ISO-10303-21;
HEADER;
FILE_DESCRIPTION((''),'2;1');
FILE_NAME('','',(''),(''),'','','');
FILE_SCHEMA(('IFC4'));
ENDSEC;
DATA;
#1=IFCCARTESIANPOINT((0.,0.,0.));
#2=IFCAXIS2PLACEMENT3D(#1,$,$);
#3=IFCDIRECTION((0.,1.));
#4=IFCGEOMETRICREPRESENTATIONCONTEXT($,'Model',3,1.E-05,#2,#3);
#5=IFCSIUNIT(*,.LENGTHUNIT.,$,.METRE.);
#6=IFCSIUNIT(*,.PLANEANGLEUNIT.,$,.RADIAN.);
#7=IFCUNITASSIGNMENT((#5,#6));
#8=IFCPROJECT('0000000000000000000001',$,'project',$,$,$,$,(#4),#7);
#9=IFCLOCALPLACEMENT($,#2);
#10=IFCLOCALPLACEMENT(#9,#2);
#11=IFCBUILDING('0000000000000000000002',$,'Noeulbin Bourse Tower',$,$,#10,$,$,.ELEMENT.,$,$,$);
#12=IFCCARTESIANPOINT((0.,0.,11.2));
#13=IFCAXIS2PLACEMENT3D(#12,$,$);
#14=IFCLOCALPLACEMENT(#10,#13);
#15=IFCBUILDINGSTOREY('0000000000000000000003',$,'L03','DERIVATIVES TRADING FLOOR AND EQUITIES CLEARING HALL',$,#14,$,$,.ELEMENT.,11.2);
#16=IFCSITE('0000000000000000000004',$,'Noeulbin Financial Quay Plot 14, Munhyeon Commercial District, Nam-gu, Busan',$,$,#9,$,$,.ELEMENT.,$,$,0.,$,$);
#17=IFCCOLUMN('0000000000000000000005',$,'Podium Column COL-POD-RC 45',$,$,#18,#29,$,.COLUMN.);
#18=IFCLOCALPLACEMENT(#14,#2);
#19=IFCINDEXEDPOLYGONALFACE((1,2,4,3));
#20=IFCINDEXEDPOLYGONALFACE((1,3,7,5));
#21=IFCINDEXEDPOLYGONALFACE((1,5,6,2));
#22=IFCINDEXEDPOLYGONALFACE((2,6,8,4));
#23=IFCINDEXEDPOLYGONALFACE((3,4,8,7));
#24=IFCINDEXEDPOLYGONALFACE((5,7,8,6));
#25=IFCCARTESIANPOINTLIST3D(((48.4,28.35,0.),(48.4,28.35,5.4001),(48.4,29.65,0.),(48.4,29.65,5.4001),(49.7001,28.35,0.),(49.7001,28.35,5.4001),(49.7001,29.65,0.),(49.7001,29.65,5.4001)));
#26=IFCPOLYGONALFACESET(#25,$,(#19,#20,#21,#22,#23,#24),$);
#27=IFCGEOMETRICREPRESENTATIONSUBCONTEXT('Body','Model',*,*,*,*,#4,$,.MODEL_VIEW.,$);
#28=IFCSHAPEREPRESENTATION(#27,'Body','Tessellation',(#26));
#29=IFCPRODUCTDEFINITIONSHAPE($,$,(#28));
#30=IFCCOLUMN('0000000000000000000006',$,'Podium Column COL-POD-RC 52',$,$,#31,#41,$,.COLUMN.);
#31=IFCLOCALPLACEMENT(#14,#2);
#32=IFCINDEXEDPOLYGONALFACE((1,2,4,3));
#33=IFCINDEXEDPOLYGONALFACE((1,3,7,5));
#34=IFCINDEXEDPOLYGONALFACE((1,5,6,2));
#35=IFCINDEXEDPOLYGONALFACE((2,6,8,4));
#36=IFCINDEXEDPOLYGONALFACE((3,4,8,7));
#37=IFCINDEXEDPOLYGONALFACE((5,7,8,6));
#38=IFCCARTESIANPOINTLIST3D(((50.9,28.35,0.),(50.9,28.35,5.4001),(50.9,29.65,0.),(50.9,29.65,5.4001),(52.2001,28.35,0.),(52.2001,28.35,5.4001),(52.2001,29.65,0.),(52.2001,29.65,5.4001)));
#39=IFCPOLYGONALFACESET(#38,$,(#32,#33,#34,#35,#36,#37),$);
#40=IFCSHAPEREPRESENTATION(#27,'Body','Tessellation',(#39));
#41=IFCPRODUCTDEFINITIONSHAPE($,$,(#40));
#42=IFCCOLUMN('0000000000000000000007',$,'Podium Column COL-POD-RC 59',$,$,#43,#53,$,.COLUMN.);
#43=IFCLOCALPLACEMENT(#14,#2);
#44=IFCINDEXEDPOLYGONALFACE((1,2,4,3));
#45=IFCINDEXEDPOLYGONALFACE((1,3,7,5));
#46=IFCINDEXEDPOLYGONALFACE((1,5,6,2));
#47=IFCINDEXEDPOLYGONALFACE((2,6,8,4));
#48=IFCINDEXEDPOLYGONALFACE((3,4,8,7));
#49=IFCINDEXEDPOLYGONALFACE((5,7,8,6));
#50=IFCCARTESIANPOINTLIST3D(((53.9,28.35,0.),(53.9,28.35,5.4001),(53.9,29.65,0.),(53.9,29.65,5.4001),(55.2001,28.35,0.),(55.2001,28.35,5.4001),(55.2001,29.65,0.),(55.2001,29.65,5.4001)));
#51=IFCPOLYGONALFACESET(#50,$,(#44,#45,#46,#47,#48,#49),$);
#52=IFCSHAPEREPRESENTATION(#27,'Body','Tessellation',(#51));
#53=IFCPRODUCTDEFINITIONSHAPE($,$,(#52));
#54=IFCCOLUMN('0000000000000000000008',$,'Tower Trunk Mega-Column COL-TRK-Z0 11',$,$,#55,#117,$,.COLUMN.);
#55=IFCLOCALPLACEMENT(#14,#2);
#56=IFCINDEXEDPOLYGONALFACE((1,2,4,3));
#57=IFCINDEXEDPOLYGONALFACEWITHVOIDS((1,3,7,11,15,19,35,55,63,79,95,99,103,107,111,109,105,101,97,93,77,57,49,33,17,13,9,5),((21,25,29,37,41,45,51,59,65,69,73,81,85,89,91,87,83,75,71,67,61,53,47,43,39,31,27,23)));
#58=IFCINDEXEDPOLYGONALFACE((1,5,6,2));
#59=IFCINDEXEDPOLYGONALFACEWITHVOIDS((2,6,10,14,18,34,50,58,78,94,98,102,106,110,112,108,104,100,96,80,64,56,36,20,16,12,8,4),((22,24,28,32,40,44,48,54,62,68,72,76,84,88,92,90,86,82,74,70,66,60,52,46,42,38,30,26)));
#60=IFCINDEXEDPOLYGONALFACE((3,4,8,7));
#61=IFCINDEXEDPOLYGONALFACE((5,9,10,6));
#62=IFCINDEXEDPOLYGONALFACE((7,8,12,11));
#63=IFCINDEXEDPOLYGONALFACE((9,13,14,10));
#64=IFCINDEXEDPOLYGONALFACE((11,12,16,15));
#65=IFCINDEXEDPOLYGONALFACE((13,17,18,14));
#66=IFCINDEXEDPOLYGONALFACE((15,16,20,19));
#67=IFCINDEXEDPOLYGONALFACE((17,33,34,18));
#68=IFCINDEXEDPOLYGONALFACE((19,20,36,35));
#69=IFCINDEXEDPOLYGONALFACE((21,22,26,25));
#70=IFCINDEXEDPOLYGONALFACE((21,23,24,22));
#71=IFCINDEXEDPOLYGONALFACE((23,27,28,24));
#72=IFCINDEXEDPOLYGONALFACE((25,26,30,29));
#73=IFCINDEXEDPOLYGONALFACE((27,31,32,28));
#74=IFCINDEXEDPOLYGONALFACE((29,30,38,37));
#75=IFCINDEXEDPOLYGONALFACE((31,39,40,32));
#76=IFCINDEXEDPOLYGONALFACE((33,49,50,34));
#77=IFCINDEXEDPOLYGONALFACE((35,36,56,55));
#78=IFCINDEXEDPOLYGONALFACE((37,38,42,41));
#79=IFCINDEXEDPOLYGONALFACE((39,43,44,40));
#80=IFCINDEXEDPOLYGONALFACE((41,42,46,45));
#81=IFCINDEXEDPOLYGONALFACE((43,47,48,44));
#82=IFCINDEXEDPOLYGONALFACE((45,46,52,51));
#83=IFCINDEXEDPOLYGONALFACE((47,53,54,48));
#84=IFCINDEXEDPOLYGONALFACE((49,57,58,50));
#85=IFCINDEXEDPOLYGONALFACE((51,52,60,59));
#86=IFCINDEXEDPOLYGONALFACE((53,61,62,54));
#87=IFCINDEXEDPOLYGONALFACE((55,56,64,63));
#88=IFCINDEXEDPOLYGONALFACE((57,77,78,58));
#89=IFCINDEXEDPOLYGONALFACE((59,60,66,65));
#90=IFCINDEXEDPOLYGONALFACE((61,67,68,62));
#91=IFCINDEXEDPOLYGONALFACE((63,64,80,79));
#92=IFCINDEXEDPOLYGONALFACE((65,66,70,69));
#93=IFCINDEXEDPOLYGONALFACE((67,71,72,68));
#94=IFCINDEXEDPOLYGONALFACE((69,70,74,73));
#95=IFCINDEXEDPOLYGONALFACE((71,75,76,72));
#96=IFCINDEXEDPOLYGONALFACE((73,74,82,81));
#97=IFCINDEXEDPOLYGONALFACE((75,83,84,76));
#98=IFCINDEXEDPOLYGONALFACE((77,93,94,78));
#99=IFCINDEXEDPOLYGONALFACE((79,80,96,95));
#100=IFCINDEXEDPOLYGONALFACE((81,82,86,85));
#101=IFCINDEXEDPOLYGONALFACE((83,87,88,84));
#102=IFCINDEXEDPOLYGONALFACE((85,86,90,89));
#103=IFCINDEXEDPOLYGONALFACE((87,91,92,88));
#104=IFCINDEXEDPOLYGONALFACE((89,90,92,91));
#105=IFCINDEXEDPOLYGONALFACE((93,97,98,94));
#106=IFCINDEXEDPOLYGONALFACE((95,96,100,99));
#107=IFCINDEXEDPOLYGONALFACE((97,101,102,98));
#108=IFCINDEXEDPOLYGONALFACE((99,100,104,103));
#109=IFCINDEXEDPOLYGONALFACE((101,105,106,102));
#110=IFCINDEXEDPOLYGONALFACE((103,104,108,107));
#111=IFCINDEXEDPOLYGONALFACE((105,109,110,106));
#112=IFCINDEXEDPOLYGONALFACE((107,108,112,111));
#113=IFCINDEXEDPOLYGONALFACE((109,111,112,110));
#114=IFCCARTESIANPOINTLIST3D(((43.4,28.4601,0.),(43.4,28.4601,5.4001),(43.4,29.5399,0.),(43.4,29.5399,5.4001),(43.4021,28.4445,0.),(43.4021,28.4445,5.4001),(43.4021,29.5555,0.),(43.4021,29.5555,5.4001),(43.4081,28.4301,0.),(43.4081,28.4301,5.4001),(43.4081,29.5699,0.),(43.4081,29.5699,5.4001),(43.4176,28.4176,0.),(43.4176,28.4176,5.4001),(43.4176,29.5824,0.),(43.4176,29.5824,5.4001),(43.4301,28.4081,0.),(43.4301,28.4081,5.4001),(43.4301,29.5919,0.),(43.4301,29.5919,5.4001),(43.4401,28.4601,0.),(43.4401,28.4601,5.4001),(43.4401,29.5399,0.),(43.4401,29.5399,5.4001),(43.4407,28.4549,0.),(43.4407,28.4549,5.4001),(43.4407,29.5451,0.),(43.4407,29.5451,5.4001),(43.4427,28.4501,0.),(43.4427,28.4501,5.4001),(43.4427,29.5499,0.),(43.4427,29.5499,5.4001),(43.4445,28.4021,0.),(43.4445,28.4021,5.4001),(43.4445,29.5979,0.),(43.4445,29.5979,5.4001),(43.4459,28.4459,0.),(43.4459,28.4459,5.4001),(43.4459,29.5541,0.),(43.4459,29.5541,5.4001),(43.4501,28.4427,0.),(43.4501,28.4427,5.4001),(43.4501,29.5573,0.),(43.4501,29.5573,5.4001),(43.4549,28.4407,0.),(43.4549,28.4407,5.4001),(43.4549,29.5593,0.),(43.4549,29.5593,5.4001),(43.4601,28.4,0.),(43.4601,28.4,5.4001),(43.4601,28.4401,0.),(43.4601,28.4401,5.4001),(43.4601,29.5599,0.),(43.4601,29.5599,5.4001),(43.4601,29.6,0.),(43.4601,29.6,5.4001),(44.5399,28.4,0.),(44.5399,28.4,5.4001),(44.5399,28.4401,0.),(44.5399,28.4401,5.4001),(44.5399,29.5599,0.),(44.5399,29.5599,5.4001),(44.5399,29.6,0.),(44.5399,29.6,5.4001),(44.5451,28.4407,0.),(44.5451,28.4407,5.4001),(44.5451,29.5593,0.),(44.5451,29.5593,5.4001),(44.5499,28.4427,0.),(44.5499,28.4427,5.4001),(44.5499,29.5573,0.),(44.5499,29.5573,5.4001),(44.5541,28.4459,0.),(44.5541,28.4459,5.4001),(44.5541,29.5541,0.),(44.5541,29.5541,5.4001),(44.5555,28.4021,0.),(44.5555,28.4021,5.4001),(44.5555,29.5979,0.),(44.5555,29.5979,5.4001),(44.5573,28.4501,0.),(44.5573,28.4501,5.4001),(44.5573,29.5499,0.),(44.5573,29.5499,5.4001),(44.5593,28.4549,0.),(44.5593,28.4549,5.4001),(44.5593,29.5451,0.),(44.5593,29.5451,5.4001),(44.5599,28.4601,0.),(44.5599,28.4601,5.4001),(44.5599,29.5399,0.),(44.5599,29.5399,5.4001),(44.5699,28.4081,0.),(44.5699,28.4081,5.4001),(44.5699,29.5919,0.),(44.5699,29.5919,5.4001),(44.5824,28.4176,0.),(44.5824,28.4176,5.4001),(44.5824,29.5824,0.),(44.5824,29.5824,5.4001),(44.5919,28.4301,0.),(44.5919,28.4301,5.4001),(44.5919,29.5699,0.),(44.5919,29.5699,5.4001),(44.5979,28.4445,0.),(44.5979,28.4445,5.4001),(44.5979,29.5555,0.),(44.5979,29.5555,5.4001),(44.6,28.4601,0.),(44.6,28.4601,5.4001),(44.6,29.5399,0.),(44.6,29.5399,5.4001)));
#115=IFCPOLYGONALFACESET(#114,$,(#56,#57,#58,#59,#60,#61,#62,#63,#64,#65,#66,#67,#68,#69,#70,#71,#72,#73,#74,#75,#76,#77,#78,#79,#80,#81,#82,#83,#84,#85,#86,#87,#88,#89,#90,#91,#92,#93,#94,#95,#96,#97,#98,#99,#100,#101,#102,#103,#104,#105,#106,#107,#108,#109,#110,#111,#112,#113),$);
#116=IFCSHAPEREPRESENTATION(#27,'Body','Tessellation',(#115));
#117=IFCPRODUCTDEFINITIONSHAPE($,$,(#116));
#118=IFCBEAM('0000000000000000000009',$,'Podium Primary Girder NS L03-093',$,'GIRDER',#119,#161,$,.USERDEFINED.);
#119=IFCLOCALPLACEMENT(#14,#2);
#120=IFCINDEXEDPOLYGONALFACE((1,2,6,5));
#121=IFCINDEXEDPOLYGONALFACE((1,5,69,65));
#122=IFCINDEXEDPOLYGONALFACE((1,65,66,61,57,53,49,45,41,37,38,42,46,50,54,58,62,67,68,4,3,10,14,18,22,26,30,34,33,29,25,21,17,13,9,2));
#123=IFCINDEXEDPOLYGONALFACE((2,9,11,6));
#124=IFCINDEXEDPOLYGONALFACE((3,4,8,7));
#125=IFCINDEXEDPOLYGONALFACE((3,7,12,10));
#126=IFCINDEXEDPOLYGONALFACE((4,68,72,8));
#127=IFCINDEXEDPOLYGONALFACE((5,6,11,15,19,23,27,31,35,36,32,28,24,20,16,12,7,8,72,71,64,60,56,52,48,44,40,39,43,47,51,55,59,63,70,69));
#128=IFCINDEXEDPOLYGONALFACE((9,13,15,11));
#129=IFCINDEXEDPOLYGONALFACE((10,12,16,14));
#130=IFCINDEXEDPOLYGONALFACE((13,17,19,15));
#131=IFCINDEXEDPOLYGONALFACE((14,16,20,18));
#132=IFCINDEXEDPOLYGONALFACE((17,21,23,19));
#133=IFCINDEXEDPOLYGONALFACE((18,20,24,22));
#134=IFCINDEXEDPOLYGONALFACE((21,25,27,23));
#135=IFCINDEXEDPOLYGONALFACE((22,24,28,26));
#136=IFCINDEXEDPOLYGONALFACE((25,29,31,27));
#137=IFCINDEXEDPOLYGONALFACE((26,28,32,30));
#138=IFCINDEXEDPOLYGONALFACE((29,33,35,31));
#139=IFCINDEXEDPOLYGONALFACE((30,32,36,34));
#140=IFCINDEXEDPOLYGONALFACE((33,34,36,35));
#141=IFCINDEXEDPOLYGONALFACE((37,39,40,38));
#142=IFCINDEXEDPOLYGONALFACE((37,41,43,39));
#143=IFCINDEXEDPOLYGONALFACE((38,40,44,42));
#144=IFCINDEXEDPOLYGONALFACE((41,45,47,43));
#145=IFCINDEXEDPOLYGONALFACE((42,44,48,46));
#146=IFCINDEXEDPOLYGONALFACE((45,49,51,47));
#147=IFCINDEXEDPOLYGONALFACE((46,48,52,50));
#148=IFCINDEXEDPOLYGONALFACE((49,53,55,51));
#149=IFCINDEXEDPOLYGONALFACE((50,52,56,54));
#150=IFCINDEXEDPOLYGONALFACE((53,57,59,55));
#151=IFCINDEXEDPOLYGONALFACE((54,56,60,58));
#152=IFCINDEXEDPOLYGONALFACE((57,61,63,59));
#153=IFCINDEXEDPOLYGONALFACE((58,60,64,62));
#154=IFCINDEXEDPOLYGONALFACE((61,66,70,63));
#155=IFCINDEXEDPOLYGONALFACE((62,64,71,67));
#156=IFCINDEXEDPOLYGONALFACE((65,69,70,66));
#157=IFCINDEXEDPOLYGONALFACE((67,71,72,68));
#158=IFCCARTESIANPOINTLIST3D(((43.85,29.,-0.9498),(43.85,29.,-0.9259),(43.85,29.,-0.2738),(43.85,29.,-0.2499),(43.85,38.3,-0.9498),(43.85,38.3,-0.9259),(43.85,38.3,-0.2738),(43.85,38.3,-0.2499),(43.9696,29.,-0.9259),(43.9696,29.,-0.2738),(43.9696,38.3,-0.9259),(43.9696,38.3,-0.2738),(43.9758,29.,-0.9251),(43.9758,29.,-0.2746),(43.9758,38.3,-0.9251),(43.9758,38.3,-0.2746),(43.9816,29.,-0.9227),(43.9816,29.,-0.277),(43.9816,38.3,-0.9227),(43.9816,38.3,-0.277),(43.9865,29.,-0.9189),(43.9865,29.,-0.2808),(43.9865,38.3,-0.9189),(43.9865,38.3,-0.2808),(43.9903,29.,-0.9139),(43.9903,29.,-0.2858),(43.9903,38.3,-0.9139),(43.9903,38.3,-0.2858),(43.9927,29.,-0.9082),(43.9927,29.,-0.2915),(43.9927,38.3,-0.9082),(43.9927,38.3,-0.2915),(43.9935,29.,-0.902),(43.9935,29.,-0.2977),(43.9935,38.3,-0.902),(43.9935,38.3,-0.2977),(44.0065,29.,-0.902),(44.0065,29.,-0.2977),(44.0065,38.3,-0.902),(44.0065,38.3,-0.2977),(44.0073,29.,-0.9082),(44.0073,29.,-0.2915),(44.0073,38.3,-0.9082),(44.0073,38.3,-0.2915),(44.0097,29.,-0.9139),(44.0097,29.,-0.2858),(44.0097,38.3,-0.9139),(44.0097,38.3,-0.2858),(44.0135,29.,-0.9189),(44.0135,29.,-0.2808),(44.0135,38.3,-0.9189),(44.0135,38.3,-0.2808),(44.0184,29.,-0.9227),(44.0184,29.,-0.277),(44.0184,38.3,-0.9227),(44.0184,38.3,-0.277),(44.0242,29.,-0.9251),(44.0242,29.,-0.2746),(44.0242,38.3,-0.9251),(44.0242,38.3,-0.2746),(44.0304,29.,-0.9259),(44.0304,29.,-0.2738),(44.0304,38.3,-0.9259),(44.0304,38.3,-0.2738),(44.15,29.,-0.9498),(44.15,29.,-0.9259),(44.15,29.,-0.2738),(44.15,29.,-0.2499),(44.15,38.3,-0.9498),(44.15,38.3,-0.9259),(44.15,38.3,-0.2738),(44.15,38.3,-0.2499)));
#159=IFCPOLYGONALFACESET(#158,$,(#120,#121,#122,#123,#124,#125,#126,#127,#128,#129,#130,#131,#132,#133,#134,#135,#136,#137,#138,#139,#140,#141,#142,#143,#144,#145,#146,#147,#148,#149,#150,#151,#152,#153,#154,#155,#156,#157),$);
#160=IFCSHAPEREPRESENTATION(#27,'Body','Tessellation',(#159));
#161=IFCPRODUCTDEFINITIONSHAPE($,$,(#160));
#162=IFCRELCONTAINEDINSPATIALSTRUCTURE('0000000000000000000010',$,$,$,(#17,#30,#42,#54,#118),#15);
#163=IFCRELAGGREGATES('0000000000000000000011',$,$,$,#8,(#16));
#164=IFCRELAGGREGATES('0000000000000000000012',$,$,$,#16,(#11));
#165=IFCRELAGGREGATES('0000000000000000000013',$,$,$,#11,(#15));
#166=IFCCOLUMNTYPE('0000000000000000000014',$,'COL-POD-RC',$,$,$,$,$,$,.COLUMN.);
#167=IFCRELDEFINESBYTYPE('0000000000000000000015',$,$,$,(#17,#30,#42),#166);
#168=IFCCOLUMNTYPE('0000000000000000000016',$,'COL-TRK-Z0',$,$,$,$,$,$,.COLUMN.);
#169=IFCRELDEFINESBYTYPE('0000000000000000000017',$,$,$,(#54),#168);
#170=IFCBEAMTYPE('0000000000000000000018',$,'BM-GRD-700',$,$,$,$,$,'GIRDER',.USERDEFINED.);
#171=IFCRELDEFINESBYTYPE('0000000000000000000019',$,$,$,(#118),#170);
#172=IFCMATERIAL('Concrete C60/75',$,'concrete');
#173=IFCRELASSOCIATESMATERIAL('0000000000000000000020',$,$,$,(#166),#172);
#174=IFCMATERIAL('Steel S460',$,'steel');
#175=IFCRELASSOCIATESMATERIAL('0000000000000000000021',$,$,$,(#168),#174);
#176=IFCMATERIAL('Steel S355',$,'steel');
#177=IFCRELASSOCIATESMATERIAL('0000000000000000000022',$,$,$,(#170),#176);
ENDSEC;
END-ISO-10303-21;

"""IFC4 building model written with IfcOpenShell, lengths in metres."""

from ifc_helpers import new_model, si_unit, direction, frame, origin, origin_2d, place, context, subcontext, project, spatial, rectangle, hollow_rectangle, i_section, extrude, material, material_profile, profile_set, type_object, element, save


model = new_model("IFC4")

# Units and contexts
model_context = context("Model", 3, precision=1e-05, world=origin(), true_north=direction((0.0, 1.0)))
body_context = subcontext(model_context, "Body", "Model", "MODEL_VIEW")
ifc_project = project(units=[si_unit("LENGTHUNIT", "METRE"), si_unit("PLANEANGLEUNIT", "RADIAN")], contexts=[model_context])

# Site, building, storey
site_placement = place(None, origin())
site = spatial("IfcSite", under=ifc_project, at=site_placement, Name="Noeulbin Financial Quay Plot 14, Munhyeon Commercial District, Nam-gu, Busan", CompositionType="ELEMENT", RefElevation=0.0)
building_placement = place(site_placement, origin())
building = spatial("IfcBuilding", under=site, at=building_placement, Name="Noeulbin Bourse Tower", CompositionType="ELEMENT")
storey_placement = place(building_placement, frame((0.0, 0.0, 11.2)))
storey = spatial("IfcBuildingStorey", under=building, at=storey_placement, Name="L03", Description="DERIVATIVES TRADING FLOOR AND EQUITIES CLEARING HALL", CompositionType="ELEMENT", Elevation=11.2)

# Columns
ifc_material_1 = material(Name="Concrete C60/75", Category="concrete")
ifc_material_profile_1 = material_profile(ifc_material_1, rectangle(XDim=1.3, YDim=1.3, at=origin_2d()), Name="RC-COL-1300x1300", Category="LoadBearing")
ifc_profile_set_1 = profile_set([ifc_material_profile_1], Name="Concrete C60/75")
column_type_1 = type_object("IfcColumnType", Name="COL-POD-RC", PredefinedType="COLUMN", material=ifc_profile_set_1)
for number, where, z_axis, x_axis, name in (
    (1, (49.05, 29.0, 0.0), (0.0, 0.0, 1.0), (1.0, 0.0, 0.0), "Podium Column COL-POD-RC 45"),
    (2, (51.55, 29.0, 0.0), (0.0, 0.0, 1.0), (1.0, 0.0, 0.0), "Podium Column COL-POD-RC 52"),
    (3, (54.55, 29.0, 0.0), (0.0, 0.0, 1.0), (1.0, 0.0, 0.0), "Podium Column COL-POD-RC 59"),
):
    element("IfcColumn", number, at=place(storey_placement, frame(where, z_axis=z_axis, x_axis=x_axis)), inside=storey, type_object=column_type_1, Name=name, PredefinedType="COLUMN", context=body_context, shape_type="SweptSolid", body=[
        extrude(rectangle(XDim=1.3, YDim=1.3, at=origin_2d()), origin(), (0.0, 0.0, 1.0), 5.4001),
    ])
ifc_material_2 = material(Name="Steel S460", Category="steel")
ifc_material_profile_2 = material_profile(ifc_material_2, hollow_rectangle(XDim=1.2, YDim=1.2, WallThickness=0.04, InnerFilletRadius=0.02, OuterFilletRadius=0.0601, at=origin_2d()), Name="BOX-1200x1200x40", Category="LoadBearing")
ifc_profile_set_2 = profile_set([ifc_material_profile_2], Name="Steel S460")
column_type_2 = type_object("IfcColumnType", Name="COL-TRK-Z0", PredefinedType="COLUMN", material=ifc_profile_set_2)
column_placement = place(storey_placement, frame((44.0, 29.0, 0.0), z_axis=(0.0, 0.0, 1.0), x_axis=(1.0, 0.0, 0.0)))
element("IfcColumn", 4, at=column_placement, inside=storey, type_object=column_type_2, Name="Tower Trunk Mega-Column COL-TRK-Z0 11", PredefinedType="COLUMN", context=body_context, shape_type="SweptSolid", body=[
    extrude(hollow_rectangle(XDim=1.2, YDim=1.2, WallThickness=0.04, InnerFilletRadius=0.02, OuterFilletRadius=0.0601, at=origin_2d()), origin(), (0.0, 0.0, 1.0), 5.4001),
])

# Beam
ifc_material_3 = material(Name="Steel S355", Category="steel")
ifc_material_profile_3 = material_profile(ifc_material_3, i_section(OverallWidth=0.3, OverallDepth=0.7, WebThickness=0.0129, FlangeThickness=0.0239, FilletRadius=0.0239, at=origin_2d()), Name="H-700x300x13x24", Category="LoadBearing")
ifc_profile_set_3 = profile_set([ifc_material_profile_3], Name="Steel S355")
beam_type_1 = type_object("IfcBeamType", Name="BM-GRD-700", ElementType="GIRDER", PredefinedType="USERDEFINED", material=ifc_profile_set_3)
for number, where, z_axis, x_axis, name in (
    (5, (44.0, 29.0, -0.5999), (0.0, 1.0, 0.0), (-1.0, 0.0, 0.0), "Podium Primary Girder NS L03-093"),
):
    element("IfcBeam", number, at=place(storey_placement, frame(where, z_axis=z_axis, x_axis=x_axis)), inside=storey, type_object=beam_type_1, Name=name, ObjectType="GIRDER", PredefinedType="USERDEFINED", context=body_context, shape_type="SweptSolid", body=[
        extrude(i_section(OverallWidth=0.3, OverallDepth=0.7, WebThickness=0.0129, FlangeThickness=0.0239, FilletRadius=0.0239, at=origin_2d()), origin(), (0.0, 0.0, 1.0), 9.3),
    ])

save(model, "model.ifc")
